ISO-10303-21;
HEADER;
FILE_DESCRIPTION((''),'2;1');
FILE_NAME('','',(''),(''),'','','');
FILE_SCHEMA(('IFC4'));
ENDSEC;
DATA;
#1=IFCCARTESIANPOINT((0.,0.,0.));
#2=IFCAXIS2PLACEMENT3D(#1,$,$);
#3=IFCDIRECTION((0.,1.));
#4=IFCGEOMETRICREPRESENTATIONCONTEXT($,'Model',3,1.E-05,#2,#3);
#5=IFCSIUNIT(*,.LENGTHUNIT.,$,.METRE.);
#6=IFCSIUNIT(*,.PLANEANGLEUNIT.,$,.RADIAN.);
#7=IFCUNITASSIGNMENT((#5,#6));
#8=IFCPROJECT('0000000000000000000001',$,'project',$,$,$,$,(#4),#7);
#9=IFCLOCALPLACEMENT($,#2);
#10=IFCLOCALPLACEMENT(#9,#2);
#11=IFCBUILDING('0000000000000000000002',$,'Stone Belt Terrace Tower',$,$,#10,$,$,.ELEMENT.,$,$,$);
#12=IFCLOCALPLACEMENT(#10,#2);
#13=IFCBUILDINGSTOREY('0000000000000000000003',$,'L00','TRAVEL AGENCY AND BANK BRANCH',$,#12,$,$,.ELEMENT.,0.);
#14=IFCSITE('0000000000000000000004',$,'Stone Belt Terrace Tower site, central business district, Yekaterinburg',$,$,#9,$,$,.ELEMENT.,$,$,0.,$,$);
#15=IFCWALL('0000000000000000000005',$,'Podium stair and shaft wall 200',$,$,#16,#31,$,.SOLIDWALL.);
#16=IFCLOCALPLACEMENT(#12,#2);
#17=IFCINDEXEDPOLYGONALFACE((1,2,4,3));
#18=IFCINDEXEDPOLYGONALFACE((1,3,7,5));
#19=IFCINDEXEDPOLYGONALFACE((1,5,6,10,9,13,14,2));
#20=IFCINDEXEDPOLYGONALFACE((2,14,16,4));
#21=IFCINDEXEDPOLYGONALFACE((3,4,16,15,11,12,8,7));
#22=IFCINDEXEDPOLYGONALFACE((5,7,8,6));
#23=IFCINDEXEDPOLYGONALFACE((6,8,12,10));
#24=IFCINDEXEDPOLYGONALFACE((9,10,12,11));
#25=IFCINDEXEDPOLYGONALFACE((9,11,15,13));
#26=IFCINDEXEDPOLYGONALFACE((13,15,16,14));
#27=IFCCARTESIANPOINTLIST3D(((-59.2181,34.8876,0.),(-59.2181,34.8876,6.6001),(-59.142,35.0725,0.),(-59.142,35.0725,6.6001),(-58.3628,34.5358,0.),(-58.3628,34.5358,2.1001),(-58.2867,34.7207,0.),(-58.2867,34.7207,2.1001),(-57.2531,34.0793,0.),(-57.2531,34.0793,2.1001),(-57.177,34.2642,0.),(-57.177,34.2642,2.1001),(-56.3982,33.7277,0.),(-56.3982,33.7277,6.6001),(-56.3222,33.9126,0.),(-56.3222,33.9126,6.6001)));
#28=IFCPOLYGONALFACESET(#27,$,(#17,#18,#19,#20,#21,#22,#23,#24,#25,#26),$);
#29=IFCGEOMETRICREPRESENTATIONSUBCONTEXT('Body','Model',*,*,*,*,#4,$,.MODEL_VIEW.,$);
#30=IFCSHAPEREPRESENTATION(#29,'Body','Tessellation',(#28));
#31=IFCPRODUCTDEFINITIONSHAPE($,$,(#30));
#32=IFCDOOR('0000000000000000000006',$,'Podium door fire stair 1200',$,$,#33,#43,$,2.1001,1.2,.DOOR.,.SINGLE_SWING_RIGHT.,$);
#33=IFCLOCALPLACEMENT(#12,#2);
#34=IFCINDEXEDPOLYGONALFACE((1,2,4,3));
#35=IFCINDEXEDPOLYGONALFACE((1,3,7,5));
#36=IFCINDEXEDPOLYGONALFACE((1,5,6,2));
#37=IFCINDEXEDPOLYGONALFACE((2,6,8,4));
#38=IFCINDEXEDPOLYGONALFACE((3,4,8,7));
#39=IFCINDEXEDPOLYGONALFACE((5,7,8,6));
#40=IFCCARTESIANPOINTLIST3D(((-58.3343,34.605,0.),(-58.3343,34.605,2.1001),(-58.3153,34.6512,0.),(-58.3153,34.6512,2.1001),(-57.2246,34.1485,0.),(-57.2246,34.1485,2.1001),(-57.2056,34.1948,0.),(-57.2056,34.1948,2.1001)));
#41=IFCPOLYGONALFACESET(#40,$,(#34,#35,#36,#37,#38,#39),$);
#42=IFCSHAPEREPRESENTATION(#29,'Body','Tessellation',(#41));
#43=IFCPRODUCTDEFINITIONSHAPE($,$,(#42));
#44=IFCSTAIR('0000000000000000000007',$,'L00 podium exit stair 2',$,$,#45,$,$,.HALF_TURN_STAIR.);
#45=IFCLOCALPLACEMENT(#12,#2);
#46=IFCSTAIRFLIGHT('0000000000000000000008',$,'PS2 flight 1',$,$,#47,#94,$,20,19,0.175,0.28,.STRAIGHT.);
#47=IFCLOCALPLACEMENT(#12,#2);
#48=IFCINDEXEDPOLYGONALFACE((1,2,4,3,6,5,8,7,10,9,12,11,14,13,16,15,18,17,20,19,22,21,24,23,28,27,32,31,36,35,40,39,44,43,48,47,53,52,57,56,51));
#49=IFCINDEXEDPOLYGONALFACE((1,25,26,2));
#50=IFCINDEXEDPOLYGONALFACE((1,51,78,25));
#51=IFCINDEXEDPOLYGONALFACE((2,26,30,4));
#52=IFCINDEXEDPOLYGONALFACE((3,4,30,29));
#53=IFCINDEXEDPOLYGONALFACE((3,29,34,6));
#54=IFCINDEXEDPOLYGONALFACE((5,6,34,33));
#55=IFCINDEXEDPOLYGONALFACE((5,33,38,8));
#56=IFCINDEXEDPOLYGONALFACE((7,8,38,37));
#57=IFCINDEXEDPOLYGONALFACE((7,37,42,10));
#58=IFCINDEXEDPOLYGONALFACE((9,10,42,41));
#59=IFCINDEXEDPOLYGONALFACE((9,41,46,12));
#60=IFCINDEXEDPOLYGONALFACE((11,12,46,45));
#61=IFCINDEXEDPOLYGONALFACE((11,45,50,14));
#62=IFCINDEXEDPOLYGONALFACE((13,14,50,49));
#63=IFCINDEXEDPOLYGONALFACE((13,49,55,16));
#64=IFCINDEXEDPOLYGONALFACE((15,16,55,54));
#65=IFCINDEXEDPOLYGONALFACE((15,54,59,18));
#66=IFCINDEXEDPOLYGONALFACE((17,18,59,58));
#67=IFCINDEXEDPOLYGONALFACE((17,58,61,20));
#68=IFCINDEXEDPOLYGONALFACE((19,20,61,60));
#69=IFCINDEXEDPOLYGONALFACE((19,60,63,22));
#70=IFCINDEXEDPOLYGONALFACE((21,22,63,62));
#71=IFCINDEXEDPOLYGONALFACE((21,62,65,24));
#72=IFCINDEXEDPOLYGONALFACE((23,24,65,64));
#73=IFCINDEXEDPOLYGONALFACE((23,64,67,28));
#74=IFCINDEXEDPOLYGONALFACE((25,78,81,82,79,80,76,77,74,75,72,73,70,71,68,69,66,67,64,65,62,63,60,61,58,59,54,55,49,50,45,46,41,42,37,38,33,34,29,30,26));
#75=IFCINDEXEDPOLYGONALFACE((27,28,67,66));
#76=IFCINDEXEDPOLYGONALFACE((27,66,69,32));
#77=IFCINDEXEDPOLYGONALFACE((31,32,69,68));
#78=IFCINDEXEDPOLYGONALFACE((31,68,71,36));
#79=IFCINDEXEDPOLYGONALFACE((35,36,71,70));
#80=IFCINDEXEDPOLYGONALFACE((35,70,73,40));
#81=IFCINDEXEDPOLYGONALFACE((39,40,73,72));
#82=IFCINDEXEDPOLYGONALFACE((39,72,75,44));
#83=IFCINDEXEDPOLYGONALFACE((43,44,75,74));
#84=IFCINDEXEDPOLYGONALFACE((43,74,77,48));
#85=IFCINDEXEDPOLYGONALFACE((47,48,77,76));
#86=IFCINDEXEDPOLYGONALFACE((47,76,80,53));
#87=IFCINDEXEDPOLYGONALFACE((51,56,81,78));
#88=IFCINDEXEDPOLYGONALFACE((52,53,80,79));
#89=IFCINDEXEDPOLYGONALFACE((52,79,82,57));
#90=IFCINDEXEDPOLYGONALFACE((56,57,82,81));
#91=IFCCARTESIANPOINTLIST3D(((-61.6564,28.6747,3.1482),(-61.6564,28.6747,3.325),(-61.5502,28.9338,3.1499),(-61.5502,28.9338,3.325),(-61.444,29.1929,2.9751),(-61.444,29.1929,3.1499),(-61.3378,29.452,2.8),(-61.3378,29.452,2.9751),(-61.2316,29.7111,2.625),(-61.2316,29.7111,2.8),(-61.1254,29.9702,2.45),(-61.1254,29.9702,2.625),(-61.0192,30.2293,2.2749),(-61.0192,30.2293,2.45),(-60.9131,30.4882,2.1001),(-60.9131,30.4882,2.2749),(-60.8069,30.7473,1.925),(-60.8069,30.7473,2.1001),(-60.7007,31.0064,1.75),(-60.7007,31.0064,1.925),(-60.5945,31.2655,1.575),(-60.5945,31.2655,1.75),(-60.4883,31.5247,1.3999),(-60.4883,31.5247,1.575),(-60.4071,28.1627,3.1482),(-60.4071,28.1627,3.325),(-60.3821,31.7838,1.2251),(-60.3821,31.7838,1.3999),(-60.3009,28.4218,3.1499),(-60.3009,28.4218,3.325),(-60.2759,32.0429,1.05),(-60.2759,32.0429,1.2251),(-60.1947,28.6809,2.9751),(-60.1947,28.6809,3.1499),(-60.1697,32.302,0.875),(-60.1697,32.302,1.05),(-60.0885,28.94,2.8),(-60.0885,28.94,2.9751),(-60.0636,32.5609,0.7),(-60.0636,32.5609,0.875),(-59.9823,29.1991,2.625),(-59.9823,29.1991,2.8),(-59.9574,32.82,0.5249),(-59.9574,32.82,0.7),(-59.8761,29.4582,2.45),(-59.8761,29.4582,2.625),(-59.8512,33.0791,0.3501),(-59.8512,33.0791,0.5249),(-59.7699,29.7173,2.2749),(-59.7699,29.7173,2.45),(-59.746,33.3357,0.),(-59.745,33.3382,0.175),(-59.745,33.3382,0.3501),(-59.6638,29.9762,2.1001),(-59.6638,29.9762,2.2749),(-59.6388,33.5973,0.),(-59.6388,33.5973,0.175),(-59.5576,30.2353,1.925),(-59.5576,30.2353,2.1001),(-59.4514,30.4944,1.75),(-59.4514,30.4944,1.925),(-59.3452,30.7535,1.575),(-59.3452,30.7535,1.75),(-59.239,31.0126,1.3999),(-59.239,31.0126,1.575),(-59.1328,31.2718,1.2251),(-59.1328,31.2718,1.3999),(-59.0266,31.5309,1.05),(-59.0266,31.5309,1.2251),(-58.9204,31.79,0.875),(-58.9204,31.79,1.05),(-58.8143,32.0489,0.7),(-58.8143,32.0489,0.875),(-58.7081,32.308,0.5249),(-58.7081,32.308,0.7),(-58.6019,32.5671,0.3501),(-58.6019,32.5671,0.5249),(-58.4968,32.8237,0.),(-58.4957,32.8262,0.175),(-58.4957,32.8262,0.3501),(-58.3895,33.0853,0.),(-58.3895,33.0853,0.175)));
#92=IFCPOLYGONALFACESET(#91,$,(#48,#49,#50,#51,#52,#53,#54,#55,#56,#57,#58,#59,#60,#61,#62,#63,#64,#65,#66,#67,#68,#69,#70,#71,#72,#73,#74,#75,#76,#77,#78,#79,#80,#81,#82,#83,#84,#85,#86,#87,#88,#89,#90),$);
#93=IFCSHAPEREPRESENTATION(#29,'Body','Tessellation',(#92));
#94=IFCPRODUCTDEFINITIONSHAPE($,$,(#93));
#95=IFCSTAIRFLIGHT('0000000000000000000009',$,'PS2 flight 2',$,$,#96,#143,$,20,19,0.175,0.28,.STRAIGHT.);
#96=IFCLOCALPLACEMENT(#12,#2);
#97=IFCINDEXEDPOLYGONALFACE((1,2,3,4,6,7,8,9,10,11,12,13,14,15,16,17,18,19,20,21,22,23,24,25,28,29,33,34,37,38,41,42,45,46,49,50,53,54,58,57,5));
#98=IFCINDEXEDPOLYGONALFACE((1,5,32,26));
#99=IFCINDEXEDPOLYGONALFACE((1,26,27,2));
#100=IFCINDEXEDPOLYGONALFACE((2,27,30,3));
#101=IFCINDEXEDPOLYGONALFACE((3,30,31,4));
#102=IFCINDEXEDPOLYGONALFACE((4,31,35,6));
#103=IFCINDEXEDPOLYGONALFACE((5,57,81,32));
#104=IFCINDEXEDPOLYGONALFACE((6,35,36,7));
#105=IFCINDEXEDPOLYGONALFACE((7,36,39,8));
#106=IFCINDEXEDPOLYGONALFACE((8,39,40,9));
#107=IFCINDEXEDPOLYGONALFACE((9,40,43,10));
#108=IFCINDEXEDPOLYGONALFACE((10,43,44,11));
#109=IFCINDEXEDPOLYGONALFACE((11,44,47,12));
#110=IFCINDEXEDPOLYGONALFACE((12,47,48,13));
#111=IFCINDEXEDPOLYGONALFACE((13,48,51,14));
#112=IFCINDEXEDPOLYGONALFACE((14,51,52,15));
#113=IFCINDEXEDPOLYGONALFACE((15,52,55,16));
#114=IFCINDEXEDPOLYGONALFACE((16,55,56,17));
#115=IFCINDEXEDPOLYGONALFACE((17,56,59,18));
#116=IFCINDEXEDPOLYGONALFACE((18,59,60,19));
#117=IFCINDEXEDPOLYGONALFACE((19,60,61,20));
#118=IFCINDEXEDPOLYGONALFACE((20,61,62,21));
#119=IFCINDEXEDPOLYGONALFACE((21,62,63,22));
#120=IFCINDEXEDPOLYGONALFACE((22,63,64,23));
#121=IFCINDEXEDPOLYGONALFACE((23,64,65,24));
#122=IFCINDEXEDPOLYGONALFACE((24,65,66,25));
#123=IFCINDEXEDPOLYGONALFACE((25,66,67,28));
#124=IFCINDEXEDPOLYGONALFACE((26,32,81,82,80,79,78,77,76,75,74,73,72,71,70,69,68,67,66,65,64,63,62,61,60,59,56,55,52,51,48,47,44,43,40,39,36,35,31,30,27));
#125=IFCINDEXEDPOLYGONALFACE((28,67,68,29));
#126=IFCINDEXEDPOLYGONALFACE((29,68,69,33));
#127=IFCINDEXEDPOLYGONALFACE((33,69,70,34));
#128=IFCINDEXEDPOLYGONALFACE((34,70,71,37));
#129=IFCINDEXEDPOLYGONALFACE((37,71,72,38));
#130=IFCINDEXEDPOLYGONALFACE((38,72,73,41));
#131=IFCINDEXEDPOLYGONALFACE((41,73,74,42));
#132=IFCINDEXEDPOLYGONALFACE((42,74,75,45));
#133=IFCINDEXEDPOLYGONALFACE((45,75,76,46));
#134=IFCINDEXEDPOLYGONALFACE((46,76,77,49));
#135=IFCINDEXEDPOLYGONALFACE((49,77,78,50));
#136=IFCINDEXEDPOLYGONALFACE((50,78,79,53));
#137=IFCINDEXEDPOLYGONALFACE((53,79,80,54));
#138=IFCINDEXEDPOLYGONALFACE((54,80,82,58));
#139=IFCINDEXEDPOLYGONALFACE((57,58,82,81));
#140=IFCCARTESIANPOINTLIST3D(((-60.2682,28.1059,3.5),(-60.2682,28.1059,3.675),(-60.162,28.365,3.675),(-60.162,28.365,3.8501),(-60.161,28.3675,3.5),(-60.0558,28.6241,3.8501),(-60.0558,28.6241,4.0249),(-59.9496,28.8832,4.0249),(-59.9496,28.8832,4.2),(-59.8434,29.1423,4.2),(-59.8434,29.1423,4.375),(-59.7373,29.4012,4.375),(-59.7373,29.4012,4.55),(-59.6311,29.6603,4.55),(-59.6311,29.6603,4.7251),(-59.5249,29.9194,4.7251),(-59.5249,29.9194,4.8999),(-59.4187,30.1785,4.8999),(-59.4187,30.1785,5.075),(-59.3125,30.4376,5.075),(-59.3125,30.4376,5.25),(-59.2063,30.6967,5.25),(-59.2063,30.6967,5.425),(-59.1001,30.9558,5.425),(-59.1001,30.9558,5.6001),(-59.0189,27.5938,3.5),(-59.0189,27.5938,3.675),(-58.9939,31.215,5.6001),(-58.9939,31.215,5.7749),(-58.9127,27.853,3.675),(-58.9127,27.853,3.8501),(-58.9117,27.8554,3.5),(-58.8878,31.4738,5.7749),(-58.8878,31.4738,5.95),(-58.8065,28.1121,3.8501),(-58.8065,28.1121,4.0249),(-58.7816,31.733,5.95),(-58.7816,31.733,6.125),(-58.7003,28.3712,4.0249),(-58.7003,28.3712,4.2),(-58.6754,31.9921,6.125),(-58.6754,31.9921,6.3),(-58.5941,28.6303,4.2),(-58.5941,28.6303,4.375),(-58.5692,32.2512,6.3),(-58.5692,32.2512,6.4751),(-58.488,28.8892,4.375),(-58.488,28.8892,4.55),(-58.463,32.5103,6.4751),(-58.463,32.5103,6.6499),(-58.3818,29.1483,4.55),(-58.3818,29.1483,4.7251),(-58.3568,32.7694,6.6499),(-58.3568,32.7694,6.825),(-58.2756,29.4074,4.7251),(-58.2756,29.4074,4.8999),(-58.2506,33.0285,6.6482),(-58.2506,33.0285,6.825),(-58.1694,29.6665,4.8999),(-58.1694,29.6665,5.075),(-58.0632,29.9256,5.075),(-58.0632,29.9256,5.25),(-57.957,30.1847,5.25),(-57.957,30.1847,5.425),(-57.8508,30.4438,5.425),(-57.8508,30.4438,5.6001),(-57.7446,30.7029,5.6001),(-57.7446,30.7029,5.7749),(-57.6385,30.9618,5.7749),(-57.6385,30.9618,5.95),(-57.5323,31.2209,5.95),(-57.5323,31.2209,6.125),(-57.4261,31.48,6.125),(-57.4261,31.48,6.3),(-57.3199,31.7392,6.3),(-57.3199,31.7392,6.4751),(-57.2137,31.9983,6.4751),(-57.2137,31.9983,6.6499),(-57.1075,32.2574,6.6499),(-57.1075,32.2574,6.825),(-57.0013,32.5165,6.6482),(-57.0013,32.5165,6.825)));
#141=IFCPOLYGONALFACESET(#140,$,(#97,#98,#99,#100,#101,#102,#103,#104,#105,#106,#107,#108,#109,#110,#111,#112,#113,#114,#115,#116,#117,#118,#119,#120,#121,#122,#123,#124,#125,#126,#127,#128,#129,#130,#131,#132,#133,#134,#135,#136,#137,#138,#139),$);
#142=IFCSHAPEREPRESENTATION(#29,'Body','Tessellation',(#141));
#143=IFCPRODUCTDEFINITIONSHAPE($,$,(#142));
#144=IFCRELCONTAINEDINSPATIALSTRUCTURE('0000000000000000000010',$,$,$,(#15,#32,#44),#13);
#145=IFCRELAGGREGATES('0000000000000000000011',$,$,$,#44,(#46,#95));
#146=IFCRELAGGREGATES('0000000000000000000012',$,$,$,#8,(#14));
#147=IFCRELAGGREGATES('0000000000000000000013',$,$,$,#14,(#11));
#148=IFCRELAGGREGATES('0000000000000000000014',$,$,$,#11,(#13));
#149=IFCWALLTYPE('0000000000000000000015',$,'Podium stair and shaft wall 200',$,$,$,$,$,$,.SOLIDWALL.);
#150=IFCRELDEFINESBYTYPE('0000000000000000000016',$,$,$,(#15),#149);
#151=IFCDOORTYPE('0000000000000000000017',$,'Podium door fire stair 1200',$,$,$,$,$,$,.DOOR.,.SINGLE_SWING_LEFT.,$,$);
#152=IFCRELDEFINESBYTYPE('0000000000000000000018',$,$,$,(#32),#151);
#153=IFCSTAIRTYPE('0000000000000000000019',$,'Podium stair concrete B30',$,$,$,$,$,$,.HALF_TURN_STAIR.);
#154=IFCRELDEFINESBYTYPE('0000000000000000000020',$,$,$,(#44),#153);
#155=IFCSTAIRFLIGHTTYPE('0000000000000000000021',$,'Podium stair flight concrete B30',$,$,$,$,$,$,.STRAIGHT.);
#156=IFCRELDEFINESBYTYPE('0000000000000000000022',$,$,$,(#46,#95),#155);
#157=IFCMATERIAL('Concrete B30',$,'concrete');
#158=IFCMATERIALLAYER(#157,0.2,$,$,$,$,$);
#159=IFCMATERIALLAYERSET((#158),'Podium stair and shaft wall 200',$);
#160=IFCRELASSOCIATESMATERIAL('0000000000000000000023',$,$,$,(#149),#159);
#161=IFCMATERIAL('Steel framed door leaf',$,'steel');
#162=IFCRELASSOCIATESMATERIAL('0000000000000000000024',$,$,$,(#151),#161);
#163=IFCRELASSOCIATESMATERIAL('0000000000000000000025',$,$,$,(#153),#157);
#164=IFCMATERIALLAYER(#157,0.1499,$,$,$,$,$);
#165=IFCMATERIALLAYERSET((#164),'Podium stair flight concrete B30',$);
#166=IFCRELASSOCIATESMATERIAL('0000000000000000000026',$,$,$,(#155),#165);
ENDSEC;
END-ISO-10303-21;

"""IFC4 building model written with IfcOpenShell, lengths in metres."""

from ifc_helpers import new_model, si_unit, direction, frame, frame_2d, origin, place, context, subcontext, project, spatial, polyline, rectangle, outline, extrude, material, layer, layer_set, type_object, element, fill, aggregate, save


model = new_model("IFC4")

# Units and contexts
model_context = context("Model", 3, precision=1e-05, world=origin(), true_north=direction((0.0, 1.0)))
body_context = subcontext(model_context, "Body", "Model", "MODEL_VIEW")
ifc_project = project(units=[si_unit("LENGTHUNIT", "METRE"), si_unit("PLANEANGLEUNIT", "RADIAN")], contexts=[model_context])

# Site, building, storey
site_placement = place(None, origin())
site = spatial("IfcSite", under=ifc_project, at=site_placement, Name="Stone Belt Terrace Tower site, central business district, Yekaterinburg", CompositionType="ELEMENT", RefElevation=0.0)
building_placement = place(site_placement, origin())
building = spatial("IfcBuilding", under=site, at=building_placement, Name="Stone Belt Terrace Tower", CompositionType="ELEMENT")
storey_placement = place(building_placement, origin())
storey = spatial("IfcBuildingStorey", under=building, at=storey_placement, Name="L00", Description="TRAVEL AGENCY AND BANK BRANCH", CompositionType="ELEMENT", Elevation=0.0)

# Shared definitions
ifc_material_1 = material(Name="Steel framed door leaf", Category="steel")

# Wall, opening, door
ifc_material_2 = material(Name="Concrete B30", Category="concrete")
ifc_layer_1 = layer(ifc_material_2, 0.2)
ifc_layer_set_1 = layer_set([ifc_layer_1], Name="Podium stair and shaft wall 200")
wall_type_1 = type_object("IfcWallType", Name="Podium stair and shaft wall 200", PredefinedType="SOLIDWALL", material=ifc_layer_set_1)
wall_1_placement = place(storey_placement, frame((-59.1799, 34.98, 0.0), z_axis=(0.0, 0.0, 1.0), x_axis=(0.924816, -0.380416, 0.0)))
wall_1 = element("IfcWall", 1, at=wall_1_placement, inside=storey, type_object=wall_type_1, Name="Podium stair and shaft wall 200", PredefinedType="SOLIDWALL", context=body_context, shape_type="SweptSolid", body=[
    extrude(rectangle(XDim=3.0491, YDim=0.2, at=frame_2d((1.5244, 0.0))), origin(), (0.0, 0.0, 1.0), 6.6001),
])
opening_1_placement = place(wall_1_placement, frame((0.9246, 0.0, 0.0)))
opening_1 = element("IfcOpeningElement", 2, at=opening_1_placement, cuts=wall_1, PredefinedType="OPENING", context=body_context, shape_type="SweptSolid", body=[
    extrude(rectangle(XDim=1.2, YDim=2.1001, at=frame_2d((0.6001, 1.05))), frame((0.0, 0.1099, 0.0), z_axis=(0.0, -1.0, 0.0), x_axis=(1.0, 0.0, 0.0)), (0.0, 0.0, 1.0), 0.22),
])
door_type_1 = type_object("IfcDoorType", Name="Podium door fire stair 1200", OperationType="SINGLE_SWING_LEFT", PredefinedType="DOOR", material=ifc_material_1)
door_1_placement = place(opening_1_placement, origin())
door_1 = element("IfcDoor", 3, at=door_1_placement, inside=storey, type_object=door_type_1, Name="Podium door fire stair 1200", OperationType="SINGLE_SWING_RIGHT", OverallHeight=2.1001, OverallWidth=1.2, PredefinedType="DOOR", context=body_context, shape_type="SweptSolid", body=[
    extrude(rectangle(XDim=1.2, YDim=2.1001, at=frame_2d((0.6001, 1.05))), frame((0.0, 0.0249, 0.0), z_axis=(0.0, -1.0, 0.0), x_axis=(1.0, 0.0, 0.0)), (0.0, 0.0, 1.0), 0.05),
])
fill(opening_1, door_1)

# Stair, stair flights
stair_type = type_object("IfcStairType", Name="Podium stair concrete B30", PredefinedType="HALF_TURN_STAIR", material=ifc_material_2)
stair_placement = place(storey_placement, origin())
stair = element("IfcStair", 4, at=stair_placement, inside=storey, type_object=stair_type, Name="L00 podium exit stair 2", PredefinedType="HALF_TURN_STAIR")
ifc_layer_2 = layer(ifc_material_2, 0.1499)
ifc_layer_set_2 = layer_set([ifc_layer_2], Name="Podium stair flight concrete B30")
stair_flight_type = type_object("IfcStairFlightType", Name="Podium stair flight concrete B30", PredefinedType="STRAIGHT", material=ifc_layer_set_2)
stair_flight_1_placement = place(storey_placement, frame((-59.0142, 33.3413, 0.0), z_axis=(0.0, 0.0, 1.0), x_axis=(-0.379243, -0.925297, 0.0)))
stair_flight_1 = element("IfcStairFlight", 5, at=stair_flight_1_placement, type_object=stair_flight_type, Name="PS2 flight 1", NumberOfRisers=20, NumberOfTreads=19, PredefinedType="STRAIGHT", RiserHeight=0.175, TreadLength=0.28, context=body_context, shape_type="SweptSolid", body=[
    extrude(outline(polyline([(0.0, 0.0), (0.0, 0.175), (0.28, 0.175), (0.28, 0.3501), (0.5601, 0.3501), (0.5601, 0.5249), (0.8401, 0.5249), (0.8401, 0.7), (1.1201, 0.7), (1.1201, 0.875), (1.3999, 0.875), (1.3999, 1.05), (1.6799, 1.05), (1.6799, 1.2251), (1.96, 1.2251), (1.96, 1.3999), (2.24, 1.3999), (2.24, 1.575), (2.52, 1.575), (2.52, 1.75), (2.8, 1.75), (2.8, 1.925), (3.0801, 1.925), (3.0801, 2.1001), (3.3601, 2.1001), (3.3601, 2.2749), (3.6399, 2.2749), (3.6399, 2.45), (3.9199, 2.45), (3.9199, 2.625), (4.2, 2.625), (4.2, 2.8), (4.48, 2.8), (4.48, 2.9751), (4.76, 2.9751), (4.76, 3.1499), (5.04, 3.1499), (5.04, 3.325), (5.3201, 3.325), (5.3201, 3.5), (5.3201, 3.1482), (0.2827, 0.0), (0.0, 0.0)])), frame((0.0, 0.675, 0.0), z_axis=(0.0, -1.0, 0.0), x_axis=(1.0, 0.0, 0.0)), (0.0, 0.0, 1.0), 1.3501),
])
stair_flight_2_placement = place(storey_placement, frame((-59.6436, 27.8499, 3.5), z_axis=(0.0, 0.0, 1.0), x_axis=(0.379243, 0.925297, 0.0)))
stair_flight_2 = element("IfcStairFlight", 6, at=stair_flight_2_placement, type_object=stair_flight_type, Name="PS2 flight 2", NumberOfRisers=20, NumberOfTreads=19, PredefinedType="STRAIGHT", RiserHeight=0.175, TreadLength=0.28, context=body_context, shape_type="SweptSolid", body=[
    extrude(outline(polyline([(0.0, 0.0), (0.0, 0.175), (0.28, 0.175), (0.28, 0.3501), (0.5601, 0.3501), (0.5601, 0.5249), (0.8401, 0.5249), (0.8401, 0.7), (1.1201, 0.7), (1.1201, 0.875), (1.3999, 0.875), (1.3999, 1.05), (1.6799, 1.05), (1.6799, 1.2251), (1.96, 1.2251), (1.96, 1.3999), (2.24, 1.3999), (2.24, 1.575), (2.52, 1.575), (2.52, 1.75), (2.8, 1.75), (2.8, 1.925), (3.0801, 1.925), (3.0801, 2.1001), (3.3601, 2.1001), (3.3601, 2.2749), (3.6399, 2.2749), (3.6399, 2.45), (3.9199, 2.45), (3.9199, 2.625), (4.2, 2.625), (4.2, 2.8), (4.48, 2.8), (4.48, 2.9751), (4.76, 2.9751), (4.76, 3.1499), (5.04, 3.1499), (5.04, 3.325), (5.3201, 3.325), (5.3201, 3.5), (5.3201, 3.1482), (0.2827, 0.0), (0.0, 0.0)])), frame((0.0, 0.675, 0.0), z_axis=(0.0, -1.0, 0.0), x_axis=(1.0, 0.0, 0.0)), (0.0, 0.0, 1.0), 1.3501),
])
aggregate(stair, [stair_flight_1, stair_flight_2])

save(model, "model.ifc")
